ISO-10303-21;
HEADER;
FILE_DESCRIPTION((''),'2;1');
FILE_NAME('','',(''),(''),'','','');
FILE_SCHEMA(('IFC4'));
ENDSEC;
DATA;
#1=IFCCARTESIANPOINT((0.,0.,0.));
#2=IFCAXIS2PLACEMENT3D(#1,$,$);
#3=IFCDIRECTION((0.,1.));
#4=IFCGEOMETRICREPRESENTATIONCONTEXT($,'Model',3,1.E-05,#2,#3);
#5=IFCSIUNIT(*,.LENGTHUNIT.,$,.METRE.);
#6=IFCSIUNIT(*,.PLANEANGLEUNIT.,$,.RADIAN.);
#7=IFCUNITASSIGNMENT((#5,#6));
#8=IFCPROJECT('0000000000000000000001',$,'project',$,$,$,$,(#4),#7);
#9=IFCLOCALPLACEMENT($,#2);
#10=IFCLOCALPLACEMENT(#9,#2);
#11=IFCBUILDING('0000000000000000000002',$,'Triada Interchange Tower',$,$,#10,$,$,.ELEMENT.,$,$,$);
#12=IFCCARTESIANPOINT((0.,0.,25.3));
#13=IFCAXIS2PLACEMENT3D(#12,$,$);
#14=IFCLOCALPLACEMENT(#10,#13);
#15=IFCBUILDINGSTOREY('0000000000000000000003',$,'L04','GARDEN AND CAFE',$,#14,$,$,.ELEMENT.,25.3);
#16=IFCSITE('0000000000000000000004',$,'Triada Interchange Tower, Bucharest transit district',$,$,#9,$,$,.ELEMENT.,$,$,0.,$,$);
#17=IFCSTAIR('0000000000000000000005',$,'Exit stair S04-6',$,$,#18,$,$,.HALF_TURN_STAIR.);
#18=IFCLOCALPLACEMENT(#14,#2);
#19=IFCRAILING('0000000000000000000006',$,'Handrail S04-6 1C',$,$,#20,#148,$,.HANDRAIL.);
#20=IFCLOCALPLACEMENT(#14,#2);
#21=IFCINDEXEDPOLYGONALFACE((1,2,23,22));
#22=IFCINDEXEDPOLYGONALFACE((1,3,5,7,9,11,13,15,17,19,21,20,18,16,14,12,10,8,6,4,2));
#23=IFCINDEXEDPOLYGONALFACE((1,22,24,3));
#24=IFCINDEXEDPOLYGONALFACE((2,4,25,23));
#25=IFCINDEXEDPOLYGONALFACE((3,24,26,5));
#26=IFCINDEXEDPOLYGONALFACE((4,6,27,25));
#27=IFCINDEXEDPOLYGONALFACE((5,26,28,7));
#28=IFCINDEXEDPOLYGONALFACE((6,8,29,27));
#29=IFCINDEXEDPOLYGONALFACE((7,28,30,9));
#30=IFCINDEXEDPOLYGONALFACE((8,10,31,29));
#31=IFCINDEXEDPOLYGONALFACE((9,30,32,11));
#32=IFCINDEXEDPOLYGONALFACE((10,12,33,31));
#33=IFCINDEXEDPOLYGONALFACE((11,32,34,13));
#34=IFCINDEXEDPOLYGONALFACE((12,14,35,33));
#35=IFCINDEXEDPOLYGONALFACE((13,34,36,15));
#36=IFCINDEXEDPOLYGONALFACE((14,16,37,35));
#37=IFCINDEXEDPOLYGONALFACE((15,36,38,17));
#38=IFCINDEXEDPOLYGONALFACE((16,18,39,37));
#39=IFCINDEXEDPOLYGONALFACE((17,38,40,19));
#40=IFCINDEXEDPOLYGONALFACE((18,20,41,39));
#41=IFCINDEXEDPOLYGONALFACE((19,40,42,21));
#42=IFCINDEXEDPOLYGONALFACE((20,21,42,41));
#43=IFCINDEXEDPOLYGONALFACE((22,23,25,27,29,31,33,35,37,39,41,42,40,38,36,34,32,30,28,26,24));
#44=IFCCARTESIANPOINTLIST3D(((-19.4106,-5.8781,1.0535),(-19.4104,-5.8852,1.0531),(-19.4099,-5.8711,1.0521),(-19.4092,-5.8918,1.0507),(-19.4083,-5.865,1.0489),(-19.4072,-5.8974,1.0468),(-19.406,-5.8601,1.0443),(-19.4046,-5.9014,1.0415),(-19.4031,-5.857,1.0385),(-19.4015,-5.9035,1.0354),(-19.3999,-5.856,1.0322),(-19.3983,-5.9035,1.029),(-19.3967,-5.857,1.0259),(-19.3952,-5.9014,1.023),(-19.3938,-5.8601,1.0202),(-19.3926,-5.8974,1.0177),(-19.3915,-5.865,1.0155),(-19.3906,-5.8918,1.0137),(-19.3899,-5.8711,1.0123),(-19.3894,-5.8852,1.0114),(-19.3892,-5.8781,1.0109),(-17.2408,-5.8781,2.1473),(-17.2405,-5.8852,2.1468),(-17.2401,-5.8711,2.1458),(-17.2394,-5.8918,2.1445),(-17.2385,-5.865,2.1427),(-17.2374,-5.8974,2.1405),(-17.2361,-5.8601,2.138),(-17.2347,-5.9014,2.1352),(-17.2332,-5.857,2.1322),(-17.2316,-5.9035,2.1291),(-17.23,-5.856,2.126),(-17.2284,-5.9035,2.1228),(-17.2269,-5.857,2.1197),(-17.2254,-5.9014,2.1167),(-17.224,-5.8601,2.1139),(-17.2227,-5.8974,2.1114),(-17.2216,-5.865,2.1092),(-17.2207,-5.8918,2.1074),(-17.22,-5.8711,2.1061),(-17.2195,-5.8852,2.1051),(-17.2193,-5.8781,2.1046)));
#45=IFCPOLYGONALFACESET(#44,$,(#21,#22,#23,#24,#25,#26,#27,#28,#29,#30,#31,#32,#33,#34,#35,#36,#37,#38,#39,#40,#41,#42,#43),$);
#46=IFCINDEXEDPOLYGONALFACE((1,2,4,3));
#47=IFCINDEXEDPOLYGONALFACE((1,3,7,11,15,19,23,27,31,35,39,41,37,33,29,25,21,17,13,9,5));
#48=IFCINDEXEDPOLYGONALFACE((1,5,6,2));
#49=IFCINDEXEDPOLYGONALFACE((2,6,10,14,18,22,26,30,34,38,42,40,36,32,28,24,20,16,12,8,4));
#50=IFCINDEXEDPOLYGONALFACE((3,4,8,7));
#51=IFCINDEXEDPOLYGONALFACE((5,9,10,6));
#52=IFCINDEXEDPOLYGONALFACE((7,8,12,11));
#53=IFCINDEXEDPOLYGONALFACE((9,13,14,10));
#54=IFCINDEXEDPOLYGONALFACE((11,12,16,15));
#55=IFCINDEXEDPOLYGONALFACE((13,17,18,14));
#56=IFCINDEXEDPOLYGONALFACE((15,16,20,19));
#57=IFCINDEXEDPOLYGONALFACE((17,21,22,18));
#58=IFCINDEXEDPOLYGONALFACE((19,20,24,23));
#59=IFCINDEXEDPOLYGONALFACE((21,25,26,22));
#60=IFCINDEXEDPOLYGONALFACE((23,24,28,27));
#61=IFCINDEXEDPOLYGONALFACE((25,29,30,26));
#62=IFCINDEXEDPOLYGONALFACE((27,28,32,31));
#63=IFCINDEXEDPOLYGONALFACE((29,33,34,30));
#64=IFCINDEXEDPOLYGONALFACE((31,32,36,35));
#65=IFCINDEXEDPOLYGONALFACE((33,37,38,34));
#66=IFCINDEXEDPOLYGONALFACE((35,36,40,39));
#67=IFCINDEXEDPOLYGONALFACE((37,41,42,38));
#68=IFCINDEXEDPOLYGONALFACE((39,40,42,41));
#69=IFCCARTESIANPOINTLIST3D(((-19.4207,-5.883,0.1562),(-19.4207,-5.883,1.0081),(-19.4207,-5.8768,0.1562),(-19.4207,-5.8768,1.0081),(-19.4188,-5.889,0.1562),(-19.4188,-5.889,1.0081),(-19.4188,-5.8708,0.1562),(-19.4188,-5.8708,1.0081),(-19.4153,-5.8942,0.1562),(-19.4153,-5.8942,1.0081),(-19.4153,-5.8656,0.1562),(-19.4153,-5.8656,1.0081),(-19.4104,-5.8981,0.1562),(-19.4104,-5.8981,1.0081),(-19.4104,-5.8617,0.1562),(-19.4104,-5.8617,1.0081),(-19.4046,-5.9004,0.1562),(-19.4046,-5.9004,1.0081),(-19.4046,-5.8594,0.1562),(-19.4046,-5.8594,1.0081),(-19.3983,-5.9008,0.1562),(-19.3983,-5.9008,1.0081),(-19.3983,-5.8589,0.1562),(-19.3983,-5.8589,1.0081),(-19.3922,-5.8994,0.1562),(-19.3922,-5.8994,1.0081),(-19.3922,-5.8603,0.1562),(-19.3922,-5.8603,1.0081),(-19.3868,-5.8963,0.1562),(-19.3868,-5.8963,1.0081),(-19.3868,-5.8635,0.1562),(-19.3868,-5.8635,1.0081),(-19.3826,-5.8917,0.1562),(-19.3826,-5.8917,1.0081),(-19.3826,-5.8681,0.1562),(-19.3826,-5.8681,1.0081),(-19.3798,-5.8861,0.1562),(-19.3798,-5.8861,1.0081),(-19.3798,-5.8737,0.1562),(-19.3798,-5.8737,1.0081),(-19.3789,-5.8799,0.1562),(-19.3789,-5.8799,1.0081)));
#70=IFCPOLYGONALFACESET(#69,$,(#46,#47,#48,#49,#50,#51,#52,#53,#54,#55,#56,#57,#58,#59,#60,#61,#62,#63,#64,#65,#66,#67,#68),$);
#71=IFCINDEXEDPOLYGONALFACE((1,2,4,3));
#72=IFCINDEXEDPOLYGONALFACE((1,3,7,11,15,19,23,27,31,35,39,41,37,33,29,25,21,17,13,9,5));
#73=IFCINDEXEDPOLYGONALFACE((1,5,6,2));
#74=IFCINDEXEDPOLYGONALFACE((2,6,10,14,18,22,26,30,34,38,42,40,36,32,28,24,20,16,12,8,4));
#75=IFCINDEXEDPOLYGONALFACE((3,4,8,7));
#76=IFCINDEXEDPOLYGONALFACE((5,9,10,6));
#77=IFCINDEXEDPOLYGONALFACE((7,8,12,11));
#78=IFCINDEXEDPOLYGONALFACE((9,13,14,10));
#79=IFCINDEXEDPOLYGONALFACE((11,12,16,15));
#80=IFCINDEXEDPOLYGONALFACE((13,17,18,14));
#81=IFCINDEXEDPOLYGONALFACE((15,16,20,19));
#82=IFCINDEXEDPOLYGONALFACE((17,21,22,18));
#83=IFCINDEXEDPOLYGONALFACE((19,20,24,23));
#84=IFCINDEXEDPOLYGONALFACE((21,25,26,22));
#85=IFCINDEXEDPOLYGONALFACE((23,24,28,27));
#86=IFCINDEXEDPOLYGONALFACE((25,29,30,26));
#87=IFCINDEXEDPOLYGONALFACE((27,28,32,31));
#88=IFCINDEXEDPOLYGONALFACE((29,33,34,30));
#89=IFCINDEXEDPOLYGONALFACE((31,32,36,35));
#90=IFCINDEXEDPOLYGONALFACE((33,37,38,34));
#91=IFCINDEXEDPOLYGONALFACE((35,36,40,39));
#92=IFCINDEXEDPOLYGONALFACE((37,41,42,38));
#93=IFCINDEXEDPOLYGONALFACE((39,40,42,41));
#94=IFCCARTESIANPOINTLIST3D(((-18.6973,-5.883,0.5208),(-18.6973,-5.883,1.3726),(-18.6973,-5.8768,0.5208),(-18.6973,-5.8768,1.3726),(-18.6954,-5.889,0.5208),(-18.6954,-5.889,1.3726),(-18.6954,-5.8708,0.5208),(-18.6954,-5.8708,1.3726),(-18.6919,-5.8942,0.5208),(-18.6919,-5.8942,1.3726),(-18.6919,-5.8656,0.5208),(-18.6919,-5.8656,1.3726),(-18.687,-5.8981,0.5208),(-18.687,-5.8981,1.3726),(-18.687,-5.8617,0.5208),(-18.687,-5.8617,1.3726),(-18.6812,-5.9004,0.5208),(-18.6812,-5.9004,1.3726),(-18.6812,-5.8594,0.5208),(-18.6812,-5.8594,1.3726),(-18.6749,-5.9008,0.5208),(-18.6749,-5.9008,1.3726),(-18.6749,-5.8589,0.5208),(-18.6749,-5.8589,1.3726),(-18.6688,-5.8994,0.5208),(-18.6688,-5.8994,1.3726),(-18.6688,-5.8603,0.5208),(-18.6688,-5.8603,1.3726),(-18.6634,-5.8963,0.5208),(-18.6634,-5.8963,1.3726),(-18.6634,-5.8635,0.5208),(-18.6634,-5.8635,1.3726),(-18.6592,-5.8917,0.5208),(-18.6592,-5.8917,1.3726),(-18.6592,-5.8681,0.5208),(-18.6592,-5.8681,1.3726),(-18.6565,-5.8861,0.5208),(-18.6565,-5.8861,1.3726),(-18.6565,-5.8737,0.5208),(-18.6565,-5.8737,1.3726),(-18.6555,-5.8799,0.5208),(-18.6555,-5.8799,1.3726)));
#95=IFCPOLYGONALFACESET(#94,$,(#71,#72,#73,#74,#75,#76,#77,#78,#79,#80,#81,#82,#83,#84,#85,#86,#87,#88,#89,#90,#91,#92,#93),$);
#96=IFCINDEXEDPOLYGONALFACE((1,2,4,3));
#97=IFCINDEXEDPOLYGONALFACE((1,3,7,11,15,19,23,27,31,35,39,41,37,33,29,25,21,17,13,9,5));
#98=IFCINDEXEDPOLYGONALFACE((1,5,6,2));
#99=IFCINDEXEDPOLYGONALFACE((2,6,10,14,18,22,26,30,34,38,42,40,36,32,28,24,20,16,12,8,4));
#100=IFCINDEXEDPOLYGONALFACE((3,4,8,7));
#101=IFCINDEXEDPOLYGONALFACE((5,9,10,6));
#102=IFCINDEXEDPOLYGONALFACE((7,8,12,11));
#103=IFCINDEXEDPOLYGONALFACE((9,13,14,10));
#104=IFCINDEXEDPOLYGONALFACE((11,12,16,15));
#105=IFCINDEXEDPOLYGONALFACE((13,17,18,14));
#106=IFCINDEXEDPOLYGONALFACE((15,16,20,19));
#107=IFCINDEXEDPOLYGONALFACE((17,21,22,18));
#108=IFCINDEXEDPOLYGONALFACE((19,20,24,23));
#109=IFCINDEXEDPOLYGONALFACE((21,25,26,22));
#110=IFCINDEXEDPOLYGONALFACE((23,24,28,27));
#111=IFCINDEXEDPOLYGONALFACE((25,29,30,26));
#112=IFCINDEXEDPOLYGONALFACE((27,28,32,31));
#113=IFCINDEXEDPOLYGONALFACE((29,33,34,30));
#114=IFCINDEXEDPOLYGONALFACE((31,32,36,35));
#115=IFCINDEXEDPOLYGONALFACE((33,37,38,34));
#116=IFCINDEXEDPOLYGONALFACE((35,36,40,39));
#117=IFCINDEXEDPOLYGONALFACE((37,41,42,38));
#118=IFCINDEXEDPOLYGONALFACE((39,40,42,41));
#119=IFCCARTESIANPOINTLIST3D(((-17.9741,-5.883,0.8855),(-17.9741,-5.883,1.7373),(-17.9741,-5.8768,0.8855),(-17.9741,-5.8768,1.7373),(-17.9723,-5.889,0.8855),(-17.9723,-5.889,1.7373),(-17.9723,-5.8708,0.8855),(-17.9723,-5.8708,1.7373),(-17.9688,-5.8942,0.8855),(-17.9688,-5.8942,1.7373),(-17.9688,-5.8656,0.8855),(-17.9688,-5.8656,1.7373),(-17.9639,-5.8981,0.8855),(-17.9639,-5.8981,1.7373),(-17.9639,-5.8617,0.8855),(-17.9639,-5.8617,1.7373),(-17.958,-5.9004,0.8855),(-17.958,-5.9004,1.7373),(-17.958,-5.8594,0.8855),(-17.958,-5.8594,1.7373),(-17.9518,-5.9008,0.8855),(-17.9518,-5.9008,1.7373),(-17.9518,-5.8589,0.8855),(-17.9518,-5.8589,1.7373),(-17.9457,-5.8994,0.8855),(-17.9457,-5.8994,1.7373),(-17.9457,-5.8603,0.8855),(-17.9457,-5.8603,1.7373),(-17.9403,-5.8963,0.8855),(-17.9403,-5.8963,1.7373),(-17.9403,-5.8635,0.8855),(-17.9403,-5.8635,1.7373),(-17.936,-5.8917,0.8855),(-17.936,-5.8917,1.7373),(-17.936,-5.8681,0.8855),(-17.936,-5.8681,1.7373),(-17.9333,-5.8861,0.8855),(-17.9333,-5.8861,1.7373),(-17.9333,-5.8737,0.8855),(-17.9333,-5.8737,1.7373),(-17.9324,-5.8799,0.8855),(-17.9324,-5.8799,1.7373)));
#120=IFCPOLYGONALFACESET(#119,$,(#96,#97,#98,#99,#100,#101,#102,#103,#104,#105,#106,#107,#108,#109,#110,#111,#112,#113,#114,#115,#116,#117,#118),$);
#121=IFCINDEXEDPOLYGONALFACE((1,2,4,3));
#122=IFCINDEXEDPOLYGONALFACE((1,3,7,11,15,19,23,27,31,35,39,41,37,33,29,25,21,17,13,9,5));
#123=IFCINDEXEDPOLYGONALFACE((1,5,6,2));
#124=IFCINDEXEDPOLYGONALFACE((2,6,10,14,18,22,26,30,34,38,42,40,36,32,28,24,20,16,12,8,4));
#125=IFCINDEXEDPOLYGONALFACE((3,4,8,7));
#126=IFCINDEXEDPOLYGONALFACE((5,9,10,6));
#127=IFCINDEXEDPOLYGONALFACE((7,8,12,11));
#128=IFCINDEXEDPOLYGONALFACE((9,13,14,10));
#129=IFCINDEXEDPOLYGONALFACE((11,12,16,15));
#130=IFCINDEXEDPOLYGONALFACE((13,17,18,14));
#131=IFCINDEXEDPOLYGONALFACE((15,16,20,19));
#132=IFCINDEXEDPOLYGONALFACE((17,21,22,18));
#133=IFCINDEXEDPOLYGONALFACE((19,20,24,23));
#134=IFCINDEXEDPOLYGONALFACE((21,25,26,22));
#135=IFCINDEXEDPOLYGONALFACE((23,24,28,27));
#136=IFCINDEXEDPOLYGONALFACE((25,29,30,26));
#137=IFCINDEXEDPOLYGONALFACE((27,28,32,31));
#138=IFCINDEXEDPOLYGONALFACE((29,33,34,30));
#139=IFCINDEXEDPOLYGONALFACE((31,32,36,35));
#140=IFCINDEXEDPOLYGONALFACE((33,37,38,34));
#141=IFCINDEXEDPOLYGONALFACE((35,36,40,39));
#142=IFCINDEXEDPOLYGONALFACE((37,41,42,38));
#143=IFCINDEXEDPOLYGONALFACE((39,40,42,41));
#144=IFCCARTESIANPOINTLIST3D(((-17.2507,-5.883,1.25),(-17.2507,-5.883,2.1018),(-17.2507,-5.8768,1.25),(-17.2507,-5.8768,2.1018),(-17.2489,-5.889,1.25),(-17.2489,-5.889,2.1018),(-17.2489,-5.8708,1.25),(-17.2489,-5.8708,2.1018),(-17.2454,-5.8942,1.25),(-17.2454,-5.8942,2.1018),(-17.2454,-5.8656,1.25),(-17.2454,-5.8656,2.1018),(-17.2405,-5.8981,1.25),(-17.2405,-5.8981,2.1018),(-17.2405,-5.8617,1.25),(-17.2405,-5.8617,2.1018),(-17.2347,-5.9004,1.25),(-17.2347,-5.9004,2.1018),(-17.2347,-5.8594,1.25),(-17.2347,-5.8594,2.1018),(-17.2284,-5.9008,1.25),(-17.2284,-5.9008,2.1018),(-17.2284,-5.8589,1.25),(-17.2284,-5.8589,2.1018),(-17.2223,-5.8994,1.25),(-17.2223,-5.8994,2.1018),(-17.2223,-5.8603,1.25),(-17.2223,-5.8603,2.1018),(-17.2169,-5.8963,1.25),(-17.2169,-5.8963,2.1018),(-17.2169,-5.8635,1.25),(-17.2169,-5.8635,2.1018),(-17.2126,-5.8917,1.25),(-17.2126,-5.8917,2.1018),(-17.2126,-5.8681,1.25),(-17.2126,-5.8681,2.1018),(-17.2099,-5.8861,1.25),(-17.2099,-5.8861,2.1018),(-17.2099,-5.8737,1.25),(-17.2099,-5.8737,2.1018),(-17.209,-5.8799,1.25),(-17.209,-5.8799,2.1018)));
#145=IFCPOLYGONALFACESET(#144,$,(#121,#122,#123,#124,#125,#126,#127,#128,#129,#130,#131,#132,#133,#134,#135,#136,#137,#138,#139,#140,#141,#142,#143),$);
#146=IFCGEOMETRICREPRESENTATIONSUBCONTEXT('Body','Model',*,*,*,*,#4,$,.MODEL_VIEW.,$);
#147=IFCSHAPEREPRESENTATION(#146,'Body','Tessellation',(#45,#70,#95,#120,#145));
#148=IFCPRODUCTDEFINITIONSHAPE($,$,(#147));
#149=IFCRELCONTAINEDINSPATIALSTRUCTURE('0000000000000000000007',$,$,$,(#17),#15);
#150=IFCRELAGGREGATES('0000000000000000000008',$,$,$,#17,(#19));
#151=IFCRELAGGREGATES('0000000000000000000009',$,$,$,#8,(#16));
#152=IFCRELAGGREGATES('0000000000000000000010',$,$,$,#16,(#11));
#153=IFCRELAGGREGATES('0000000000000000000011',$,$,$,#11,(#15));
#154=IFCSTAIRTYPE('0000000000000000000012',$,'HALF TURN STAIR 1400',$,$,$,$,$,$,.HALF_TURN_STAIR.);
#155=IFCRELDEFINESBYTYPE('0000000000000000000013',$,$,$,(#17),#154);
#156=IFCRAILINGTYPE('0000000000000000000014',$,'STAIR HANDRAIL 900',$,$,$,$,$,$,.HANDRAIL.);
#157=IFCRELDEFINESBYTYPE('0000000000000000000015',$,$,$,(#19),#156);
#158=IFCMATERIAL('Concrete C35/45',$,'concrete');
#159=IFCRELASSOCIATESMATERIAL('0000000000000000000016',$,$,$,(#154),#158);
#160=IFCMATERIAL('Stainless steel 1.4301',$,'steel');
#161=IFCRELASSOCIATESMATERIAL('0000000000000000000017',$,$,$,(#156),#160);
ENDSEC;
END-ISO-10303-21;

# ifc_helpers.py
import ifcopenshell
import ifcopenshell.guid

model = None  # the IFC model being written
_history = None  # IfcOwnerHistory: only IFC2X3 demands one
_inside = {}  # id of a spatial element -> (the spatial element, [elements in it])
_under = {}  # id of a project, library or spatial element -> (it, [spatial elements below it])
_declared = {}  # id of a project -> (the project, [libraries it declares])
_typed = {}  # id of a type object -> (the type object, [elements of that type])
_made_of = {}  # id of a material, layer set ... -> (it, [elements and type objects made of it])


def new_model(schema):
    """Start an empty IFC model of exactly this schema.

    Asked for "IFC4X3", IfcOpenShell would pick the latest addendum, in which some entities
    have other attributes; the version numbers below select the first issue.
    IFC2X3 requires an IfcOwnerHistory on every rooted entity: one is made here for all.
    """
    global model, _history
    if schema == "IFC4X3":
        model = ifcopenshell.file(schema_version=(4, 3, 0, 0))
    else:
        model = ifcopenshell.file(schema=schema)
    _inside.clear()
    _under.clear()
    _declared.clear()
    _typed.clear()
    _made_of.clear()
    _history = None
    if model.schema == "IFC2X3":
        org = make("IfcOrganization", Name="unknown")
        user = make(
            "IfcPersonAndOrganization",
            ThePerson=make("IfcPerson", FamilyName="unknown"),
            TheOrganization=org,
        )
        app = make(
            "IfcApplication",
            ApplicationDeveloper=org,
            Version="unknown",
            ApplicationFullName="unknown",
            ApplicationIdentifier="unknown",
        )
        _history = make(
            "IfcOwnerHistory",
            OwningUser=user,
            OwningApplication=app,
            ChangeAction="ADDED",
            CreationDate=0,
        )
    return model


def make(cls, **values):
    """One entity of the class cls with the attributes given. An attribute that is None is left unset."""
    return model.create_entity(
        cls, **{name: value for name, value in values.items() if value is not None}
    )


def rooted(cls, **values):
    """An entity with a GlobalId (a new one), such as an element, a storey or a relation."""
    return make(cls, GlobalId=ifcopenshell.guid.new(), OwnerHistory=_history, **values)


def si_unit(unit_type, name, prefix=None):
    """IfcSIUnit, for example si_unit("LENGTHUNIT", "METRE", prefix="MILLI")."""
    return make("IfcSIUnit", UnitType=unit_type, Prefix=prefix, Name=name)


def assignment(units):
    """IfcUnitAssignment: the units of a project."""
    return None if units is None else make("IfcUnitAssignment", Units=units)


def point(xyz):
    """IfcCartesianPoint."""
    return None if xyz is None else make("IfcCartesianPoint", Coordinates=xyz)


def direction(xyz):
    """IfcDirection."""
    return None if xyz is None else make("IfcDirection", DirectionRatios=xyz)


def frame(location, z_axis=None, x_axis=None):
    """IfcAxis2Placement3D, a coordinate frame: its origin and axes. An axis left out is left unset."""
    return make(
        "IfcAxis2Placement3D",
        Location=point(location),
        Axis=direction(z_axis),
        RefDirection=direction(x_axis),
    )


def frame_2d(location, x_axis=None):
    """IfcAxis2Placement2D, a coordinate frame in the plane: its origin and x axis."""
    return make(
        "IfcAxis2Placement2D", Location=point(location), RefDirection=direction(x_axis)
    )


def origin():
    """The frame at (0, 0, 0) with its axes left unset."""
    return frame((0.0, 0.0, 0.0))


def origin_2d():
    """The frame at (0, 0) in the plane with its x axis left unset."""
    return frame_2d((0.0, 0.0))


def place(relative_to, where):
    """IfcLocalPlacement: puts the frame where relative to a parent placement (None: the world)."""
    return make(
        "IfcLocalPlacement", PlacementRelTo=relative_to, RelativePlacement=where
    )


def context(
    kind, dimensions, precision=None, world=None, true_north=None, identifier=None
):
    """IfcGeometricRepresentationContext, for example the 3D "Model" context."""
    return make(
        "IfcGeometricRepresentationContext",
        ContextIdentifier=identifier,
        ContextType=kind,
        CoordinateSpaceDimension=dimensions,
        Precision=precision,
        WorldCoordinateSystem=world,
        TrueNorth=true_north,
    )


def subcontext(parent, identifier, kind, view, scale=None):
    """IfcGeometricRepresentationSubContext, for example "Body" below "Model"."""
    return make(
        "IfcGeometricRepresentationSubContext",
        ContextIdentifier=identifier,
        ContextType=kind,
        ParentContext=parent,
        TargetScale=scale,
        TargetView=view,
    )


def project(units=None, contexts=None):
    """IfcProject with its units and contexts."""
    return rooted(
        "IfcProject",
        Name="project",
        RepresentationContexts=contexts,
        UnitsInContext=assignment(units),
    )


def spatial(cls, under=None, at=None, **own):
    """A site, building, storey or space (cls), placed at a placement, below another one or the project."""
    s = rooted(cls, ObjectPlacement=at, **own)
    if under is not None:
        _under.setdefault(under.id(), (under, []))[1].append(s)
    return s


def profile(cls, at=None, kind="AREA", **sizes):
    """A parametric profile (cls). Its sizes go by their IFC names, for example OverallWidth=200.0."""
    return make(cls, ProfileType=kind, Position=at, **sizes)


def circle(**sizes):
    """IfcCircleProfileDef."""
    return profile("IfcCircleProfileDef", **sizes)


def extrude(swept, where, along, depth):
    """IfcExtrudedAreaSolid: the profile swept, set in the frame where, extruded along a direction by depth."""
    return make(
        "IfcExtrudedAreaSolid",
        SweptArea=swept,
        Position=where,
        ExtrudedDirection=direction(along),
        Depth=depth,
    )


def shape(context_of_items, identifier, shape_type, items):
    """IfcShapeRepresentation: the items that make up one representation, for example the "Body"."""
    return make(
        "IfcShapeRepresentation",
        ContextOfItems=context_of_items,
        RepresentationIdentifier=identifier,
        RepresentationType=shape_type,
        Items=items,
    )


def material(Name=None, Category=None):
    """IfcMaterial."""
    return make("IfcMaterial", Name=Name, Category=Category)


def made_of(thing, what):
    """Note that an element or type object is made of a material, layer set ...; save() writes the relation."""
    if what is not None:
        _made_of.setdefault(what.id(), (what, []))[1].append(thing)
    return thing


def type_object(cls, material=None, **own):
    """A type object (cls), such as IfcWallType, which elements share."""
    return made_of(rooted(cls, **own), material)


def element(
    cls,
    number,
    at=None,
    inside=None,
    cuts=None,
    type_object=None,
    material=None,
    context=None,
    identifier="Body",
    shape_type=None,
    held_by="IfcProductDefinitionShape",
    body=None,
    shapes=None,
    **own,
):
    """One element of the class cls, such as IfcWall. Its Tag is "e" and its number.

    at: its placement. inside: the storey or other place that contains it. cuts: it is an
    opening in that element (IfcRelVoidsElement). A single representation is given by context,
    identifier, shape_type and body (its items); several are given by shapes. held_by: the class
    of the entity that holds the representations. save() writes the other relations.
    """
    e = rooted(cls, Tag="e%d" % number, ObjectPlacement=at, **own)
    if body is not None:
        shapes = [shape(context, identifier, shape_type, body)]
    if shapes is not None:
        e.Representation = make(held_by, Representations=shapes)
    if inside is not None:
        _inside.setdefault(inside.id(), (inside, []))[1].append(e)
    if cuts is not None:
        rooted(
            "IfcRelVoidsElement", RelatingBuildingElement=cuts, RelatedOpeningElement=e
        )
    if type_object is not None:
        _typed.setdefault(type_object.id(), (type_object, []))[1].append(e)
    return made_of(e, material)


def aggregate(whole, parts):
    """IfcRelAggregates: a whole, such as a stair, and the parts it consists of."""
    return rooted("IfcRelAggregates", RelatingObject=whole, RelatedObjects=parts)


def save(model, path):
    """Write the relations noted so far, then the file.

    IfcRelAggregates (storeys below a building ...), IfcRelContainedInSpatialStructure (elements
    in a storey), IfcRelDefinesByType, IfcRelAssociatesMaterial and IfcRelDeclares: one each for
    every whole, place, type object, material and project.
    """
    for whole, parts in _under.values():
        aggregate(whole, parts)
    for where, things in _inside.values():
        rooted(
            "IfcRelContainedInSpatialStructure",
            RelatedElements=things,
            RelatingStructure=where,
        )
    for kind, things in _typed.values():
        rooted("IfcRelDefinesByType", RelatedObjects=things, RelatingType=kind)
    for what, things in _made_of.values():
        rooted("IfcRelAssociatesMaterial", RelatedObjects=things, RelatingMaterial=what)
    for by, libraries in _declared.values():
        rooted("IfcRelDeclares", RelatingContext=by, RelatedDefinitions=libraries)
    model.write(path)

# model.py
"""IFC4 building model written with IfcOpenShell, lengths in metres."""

from ifc_helpers import new_model, si_unit, direction, frame, origin, origin_2d, place, context, subcontext, project, spatial, circle, extrude, material, type_object, element, aggregate, save


model = new_model("IFC4")

# Units and contexts
model_context = context("Model", 3, precision=1e-05, world=origin(), true_north=direction((0.0, 1.0)))
body_context = subcontext(model_context, "Body", "Model", "MODEL_VIEW")
ifc_project = project(units=[si_unit("LENGTHUNIT", "METRE"), si_unit("PLANEANGLEUNIT", "RADIAN")], contexts=[model_context])

# Site, building, storey
site_placement = place(None, origin())
site = spatial("IfcSite", under=ifc_project, at=site_placement, Name="Triada Interchange Tower, Bucharest transit district", CompositionType="ELEMENT", RefElevation=0.0)
building_placement = place(site_placement, origin())
building = spatial("IfcBuilding", under=site, at=building_placement, Name="Triada Interchange Tower", CompositionType="ELEMENT")
storey_placement = place(building_placement, frame((0.0, 0.0, 25.3)))
storey = spatial("IfcBuildingStorey", under=building, at=storey_placement, Name="L04", Description="GARDEN AND CAFE", CompositionType="ELEMENT", Elevation=25.3)

# Stair, railing
ifc_material_1 = material(Name="Concrete C35/45", Category="concrete")
stair_type = type_object("IfcStairType", Name="HALF TURN STAIR 1400", PredefinedType="HALF_TURN_STAIR", material=ifc_material_1)
stair_placement = place(storey_placement, origin())
stair = element("IfcStair", 1, at=stair_placement, inside=storey, type_object=stair_type, Name="Exit stair S04-6", PredefinedType="HALF_TURN_STAIR")
ifc_material_2 = material(Name="Stainless steel 1.4301", Category="steel")
railing_type = type_object("IfcRailingType", Name="STAIR HANDRAIL 900", PredefinedType="HANDRAIL", material=ifc_material_2)
railing_1_placement = place(storey_placement, frame((-19.3999, -5.8799, 0.1562)))
railing_1 = element("IfcRailing", 2, at=railing_1_placement, type_object=railing_type, Name="Handrail S04-6 1C", PredefinedType="HANDRAIL", context=body_context, shape_type="SweptSolid", body=[
    extrude(circle(Radius=0.0239, at=origin_2d()), frame((0.0, 0.0, 0.876), z_axis=(0.892976, 0.0, 0.450105), x_axis=(0.0, 1.0, 0.0)), (0.0, 0.0, 1.0), 2.4299),
    extrude(circle(Radius=0.021, at=origin_2d()), origin(), (0.0, 0.0, 1.0), 0.8518),
    extrude(circle(Radius=0.021, at=origin_2d()), frame((0.7234, 0.0, 0.3645)), (0.0, 0.0, 1.0), 0.8518),
    extrude(circle(Radius=0.021, at=origin_2d()), frame((1.4465, 0.0, 0.7292)), (0.0, 0.0, 1.0), 0.8518),
    extrude(circle(Radius=0.021, at=origin_2d()), frame((2.1699, 0.0, 1.0938)), (0.0, 0.0, 1.0), 0.8518),
])
aggregate(stair, [railing_1])

save(model, "model.ifc")
